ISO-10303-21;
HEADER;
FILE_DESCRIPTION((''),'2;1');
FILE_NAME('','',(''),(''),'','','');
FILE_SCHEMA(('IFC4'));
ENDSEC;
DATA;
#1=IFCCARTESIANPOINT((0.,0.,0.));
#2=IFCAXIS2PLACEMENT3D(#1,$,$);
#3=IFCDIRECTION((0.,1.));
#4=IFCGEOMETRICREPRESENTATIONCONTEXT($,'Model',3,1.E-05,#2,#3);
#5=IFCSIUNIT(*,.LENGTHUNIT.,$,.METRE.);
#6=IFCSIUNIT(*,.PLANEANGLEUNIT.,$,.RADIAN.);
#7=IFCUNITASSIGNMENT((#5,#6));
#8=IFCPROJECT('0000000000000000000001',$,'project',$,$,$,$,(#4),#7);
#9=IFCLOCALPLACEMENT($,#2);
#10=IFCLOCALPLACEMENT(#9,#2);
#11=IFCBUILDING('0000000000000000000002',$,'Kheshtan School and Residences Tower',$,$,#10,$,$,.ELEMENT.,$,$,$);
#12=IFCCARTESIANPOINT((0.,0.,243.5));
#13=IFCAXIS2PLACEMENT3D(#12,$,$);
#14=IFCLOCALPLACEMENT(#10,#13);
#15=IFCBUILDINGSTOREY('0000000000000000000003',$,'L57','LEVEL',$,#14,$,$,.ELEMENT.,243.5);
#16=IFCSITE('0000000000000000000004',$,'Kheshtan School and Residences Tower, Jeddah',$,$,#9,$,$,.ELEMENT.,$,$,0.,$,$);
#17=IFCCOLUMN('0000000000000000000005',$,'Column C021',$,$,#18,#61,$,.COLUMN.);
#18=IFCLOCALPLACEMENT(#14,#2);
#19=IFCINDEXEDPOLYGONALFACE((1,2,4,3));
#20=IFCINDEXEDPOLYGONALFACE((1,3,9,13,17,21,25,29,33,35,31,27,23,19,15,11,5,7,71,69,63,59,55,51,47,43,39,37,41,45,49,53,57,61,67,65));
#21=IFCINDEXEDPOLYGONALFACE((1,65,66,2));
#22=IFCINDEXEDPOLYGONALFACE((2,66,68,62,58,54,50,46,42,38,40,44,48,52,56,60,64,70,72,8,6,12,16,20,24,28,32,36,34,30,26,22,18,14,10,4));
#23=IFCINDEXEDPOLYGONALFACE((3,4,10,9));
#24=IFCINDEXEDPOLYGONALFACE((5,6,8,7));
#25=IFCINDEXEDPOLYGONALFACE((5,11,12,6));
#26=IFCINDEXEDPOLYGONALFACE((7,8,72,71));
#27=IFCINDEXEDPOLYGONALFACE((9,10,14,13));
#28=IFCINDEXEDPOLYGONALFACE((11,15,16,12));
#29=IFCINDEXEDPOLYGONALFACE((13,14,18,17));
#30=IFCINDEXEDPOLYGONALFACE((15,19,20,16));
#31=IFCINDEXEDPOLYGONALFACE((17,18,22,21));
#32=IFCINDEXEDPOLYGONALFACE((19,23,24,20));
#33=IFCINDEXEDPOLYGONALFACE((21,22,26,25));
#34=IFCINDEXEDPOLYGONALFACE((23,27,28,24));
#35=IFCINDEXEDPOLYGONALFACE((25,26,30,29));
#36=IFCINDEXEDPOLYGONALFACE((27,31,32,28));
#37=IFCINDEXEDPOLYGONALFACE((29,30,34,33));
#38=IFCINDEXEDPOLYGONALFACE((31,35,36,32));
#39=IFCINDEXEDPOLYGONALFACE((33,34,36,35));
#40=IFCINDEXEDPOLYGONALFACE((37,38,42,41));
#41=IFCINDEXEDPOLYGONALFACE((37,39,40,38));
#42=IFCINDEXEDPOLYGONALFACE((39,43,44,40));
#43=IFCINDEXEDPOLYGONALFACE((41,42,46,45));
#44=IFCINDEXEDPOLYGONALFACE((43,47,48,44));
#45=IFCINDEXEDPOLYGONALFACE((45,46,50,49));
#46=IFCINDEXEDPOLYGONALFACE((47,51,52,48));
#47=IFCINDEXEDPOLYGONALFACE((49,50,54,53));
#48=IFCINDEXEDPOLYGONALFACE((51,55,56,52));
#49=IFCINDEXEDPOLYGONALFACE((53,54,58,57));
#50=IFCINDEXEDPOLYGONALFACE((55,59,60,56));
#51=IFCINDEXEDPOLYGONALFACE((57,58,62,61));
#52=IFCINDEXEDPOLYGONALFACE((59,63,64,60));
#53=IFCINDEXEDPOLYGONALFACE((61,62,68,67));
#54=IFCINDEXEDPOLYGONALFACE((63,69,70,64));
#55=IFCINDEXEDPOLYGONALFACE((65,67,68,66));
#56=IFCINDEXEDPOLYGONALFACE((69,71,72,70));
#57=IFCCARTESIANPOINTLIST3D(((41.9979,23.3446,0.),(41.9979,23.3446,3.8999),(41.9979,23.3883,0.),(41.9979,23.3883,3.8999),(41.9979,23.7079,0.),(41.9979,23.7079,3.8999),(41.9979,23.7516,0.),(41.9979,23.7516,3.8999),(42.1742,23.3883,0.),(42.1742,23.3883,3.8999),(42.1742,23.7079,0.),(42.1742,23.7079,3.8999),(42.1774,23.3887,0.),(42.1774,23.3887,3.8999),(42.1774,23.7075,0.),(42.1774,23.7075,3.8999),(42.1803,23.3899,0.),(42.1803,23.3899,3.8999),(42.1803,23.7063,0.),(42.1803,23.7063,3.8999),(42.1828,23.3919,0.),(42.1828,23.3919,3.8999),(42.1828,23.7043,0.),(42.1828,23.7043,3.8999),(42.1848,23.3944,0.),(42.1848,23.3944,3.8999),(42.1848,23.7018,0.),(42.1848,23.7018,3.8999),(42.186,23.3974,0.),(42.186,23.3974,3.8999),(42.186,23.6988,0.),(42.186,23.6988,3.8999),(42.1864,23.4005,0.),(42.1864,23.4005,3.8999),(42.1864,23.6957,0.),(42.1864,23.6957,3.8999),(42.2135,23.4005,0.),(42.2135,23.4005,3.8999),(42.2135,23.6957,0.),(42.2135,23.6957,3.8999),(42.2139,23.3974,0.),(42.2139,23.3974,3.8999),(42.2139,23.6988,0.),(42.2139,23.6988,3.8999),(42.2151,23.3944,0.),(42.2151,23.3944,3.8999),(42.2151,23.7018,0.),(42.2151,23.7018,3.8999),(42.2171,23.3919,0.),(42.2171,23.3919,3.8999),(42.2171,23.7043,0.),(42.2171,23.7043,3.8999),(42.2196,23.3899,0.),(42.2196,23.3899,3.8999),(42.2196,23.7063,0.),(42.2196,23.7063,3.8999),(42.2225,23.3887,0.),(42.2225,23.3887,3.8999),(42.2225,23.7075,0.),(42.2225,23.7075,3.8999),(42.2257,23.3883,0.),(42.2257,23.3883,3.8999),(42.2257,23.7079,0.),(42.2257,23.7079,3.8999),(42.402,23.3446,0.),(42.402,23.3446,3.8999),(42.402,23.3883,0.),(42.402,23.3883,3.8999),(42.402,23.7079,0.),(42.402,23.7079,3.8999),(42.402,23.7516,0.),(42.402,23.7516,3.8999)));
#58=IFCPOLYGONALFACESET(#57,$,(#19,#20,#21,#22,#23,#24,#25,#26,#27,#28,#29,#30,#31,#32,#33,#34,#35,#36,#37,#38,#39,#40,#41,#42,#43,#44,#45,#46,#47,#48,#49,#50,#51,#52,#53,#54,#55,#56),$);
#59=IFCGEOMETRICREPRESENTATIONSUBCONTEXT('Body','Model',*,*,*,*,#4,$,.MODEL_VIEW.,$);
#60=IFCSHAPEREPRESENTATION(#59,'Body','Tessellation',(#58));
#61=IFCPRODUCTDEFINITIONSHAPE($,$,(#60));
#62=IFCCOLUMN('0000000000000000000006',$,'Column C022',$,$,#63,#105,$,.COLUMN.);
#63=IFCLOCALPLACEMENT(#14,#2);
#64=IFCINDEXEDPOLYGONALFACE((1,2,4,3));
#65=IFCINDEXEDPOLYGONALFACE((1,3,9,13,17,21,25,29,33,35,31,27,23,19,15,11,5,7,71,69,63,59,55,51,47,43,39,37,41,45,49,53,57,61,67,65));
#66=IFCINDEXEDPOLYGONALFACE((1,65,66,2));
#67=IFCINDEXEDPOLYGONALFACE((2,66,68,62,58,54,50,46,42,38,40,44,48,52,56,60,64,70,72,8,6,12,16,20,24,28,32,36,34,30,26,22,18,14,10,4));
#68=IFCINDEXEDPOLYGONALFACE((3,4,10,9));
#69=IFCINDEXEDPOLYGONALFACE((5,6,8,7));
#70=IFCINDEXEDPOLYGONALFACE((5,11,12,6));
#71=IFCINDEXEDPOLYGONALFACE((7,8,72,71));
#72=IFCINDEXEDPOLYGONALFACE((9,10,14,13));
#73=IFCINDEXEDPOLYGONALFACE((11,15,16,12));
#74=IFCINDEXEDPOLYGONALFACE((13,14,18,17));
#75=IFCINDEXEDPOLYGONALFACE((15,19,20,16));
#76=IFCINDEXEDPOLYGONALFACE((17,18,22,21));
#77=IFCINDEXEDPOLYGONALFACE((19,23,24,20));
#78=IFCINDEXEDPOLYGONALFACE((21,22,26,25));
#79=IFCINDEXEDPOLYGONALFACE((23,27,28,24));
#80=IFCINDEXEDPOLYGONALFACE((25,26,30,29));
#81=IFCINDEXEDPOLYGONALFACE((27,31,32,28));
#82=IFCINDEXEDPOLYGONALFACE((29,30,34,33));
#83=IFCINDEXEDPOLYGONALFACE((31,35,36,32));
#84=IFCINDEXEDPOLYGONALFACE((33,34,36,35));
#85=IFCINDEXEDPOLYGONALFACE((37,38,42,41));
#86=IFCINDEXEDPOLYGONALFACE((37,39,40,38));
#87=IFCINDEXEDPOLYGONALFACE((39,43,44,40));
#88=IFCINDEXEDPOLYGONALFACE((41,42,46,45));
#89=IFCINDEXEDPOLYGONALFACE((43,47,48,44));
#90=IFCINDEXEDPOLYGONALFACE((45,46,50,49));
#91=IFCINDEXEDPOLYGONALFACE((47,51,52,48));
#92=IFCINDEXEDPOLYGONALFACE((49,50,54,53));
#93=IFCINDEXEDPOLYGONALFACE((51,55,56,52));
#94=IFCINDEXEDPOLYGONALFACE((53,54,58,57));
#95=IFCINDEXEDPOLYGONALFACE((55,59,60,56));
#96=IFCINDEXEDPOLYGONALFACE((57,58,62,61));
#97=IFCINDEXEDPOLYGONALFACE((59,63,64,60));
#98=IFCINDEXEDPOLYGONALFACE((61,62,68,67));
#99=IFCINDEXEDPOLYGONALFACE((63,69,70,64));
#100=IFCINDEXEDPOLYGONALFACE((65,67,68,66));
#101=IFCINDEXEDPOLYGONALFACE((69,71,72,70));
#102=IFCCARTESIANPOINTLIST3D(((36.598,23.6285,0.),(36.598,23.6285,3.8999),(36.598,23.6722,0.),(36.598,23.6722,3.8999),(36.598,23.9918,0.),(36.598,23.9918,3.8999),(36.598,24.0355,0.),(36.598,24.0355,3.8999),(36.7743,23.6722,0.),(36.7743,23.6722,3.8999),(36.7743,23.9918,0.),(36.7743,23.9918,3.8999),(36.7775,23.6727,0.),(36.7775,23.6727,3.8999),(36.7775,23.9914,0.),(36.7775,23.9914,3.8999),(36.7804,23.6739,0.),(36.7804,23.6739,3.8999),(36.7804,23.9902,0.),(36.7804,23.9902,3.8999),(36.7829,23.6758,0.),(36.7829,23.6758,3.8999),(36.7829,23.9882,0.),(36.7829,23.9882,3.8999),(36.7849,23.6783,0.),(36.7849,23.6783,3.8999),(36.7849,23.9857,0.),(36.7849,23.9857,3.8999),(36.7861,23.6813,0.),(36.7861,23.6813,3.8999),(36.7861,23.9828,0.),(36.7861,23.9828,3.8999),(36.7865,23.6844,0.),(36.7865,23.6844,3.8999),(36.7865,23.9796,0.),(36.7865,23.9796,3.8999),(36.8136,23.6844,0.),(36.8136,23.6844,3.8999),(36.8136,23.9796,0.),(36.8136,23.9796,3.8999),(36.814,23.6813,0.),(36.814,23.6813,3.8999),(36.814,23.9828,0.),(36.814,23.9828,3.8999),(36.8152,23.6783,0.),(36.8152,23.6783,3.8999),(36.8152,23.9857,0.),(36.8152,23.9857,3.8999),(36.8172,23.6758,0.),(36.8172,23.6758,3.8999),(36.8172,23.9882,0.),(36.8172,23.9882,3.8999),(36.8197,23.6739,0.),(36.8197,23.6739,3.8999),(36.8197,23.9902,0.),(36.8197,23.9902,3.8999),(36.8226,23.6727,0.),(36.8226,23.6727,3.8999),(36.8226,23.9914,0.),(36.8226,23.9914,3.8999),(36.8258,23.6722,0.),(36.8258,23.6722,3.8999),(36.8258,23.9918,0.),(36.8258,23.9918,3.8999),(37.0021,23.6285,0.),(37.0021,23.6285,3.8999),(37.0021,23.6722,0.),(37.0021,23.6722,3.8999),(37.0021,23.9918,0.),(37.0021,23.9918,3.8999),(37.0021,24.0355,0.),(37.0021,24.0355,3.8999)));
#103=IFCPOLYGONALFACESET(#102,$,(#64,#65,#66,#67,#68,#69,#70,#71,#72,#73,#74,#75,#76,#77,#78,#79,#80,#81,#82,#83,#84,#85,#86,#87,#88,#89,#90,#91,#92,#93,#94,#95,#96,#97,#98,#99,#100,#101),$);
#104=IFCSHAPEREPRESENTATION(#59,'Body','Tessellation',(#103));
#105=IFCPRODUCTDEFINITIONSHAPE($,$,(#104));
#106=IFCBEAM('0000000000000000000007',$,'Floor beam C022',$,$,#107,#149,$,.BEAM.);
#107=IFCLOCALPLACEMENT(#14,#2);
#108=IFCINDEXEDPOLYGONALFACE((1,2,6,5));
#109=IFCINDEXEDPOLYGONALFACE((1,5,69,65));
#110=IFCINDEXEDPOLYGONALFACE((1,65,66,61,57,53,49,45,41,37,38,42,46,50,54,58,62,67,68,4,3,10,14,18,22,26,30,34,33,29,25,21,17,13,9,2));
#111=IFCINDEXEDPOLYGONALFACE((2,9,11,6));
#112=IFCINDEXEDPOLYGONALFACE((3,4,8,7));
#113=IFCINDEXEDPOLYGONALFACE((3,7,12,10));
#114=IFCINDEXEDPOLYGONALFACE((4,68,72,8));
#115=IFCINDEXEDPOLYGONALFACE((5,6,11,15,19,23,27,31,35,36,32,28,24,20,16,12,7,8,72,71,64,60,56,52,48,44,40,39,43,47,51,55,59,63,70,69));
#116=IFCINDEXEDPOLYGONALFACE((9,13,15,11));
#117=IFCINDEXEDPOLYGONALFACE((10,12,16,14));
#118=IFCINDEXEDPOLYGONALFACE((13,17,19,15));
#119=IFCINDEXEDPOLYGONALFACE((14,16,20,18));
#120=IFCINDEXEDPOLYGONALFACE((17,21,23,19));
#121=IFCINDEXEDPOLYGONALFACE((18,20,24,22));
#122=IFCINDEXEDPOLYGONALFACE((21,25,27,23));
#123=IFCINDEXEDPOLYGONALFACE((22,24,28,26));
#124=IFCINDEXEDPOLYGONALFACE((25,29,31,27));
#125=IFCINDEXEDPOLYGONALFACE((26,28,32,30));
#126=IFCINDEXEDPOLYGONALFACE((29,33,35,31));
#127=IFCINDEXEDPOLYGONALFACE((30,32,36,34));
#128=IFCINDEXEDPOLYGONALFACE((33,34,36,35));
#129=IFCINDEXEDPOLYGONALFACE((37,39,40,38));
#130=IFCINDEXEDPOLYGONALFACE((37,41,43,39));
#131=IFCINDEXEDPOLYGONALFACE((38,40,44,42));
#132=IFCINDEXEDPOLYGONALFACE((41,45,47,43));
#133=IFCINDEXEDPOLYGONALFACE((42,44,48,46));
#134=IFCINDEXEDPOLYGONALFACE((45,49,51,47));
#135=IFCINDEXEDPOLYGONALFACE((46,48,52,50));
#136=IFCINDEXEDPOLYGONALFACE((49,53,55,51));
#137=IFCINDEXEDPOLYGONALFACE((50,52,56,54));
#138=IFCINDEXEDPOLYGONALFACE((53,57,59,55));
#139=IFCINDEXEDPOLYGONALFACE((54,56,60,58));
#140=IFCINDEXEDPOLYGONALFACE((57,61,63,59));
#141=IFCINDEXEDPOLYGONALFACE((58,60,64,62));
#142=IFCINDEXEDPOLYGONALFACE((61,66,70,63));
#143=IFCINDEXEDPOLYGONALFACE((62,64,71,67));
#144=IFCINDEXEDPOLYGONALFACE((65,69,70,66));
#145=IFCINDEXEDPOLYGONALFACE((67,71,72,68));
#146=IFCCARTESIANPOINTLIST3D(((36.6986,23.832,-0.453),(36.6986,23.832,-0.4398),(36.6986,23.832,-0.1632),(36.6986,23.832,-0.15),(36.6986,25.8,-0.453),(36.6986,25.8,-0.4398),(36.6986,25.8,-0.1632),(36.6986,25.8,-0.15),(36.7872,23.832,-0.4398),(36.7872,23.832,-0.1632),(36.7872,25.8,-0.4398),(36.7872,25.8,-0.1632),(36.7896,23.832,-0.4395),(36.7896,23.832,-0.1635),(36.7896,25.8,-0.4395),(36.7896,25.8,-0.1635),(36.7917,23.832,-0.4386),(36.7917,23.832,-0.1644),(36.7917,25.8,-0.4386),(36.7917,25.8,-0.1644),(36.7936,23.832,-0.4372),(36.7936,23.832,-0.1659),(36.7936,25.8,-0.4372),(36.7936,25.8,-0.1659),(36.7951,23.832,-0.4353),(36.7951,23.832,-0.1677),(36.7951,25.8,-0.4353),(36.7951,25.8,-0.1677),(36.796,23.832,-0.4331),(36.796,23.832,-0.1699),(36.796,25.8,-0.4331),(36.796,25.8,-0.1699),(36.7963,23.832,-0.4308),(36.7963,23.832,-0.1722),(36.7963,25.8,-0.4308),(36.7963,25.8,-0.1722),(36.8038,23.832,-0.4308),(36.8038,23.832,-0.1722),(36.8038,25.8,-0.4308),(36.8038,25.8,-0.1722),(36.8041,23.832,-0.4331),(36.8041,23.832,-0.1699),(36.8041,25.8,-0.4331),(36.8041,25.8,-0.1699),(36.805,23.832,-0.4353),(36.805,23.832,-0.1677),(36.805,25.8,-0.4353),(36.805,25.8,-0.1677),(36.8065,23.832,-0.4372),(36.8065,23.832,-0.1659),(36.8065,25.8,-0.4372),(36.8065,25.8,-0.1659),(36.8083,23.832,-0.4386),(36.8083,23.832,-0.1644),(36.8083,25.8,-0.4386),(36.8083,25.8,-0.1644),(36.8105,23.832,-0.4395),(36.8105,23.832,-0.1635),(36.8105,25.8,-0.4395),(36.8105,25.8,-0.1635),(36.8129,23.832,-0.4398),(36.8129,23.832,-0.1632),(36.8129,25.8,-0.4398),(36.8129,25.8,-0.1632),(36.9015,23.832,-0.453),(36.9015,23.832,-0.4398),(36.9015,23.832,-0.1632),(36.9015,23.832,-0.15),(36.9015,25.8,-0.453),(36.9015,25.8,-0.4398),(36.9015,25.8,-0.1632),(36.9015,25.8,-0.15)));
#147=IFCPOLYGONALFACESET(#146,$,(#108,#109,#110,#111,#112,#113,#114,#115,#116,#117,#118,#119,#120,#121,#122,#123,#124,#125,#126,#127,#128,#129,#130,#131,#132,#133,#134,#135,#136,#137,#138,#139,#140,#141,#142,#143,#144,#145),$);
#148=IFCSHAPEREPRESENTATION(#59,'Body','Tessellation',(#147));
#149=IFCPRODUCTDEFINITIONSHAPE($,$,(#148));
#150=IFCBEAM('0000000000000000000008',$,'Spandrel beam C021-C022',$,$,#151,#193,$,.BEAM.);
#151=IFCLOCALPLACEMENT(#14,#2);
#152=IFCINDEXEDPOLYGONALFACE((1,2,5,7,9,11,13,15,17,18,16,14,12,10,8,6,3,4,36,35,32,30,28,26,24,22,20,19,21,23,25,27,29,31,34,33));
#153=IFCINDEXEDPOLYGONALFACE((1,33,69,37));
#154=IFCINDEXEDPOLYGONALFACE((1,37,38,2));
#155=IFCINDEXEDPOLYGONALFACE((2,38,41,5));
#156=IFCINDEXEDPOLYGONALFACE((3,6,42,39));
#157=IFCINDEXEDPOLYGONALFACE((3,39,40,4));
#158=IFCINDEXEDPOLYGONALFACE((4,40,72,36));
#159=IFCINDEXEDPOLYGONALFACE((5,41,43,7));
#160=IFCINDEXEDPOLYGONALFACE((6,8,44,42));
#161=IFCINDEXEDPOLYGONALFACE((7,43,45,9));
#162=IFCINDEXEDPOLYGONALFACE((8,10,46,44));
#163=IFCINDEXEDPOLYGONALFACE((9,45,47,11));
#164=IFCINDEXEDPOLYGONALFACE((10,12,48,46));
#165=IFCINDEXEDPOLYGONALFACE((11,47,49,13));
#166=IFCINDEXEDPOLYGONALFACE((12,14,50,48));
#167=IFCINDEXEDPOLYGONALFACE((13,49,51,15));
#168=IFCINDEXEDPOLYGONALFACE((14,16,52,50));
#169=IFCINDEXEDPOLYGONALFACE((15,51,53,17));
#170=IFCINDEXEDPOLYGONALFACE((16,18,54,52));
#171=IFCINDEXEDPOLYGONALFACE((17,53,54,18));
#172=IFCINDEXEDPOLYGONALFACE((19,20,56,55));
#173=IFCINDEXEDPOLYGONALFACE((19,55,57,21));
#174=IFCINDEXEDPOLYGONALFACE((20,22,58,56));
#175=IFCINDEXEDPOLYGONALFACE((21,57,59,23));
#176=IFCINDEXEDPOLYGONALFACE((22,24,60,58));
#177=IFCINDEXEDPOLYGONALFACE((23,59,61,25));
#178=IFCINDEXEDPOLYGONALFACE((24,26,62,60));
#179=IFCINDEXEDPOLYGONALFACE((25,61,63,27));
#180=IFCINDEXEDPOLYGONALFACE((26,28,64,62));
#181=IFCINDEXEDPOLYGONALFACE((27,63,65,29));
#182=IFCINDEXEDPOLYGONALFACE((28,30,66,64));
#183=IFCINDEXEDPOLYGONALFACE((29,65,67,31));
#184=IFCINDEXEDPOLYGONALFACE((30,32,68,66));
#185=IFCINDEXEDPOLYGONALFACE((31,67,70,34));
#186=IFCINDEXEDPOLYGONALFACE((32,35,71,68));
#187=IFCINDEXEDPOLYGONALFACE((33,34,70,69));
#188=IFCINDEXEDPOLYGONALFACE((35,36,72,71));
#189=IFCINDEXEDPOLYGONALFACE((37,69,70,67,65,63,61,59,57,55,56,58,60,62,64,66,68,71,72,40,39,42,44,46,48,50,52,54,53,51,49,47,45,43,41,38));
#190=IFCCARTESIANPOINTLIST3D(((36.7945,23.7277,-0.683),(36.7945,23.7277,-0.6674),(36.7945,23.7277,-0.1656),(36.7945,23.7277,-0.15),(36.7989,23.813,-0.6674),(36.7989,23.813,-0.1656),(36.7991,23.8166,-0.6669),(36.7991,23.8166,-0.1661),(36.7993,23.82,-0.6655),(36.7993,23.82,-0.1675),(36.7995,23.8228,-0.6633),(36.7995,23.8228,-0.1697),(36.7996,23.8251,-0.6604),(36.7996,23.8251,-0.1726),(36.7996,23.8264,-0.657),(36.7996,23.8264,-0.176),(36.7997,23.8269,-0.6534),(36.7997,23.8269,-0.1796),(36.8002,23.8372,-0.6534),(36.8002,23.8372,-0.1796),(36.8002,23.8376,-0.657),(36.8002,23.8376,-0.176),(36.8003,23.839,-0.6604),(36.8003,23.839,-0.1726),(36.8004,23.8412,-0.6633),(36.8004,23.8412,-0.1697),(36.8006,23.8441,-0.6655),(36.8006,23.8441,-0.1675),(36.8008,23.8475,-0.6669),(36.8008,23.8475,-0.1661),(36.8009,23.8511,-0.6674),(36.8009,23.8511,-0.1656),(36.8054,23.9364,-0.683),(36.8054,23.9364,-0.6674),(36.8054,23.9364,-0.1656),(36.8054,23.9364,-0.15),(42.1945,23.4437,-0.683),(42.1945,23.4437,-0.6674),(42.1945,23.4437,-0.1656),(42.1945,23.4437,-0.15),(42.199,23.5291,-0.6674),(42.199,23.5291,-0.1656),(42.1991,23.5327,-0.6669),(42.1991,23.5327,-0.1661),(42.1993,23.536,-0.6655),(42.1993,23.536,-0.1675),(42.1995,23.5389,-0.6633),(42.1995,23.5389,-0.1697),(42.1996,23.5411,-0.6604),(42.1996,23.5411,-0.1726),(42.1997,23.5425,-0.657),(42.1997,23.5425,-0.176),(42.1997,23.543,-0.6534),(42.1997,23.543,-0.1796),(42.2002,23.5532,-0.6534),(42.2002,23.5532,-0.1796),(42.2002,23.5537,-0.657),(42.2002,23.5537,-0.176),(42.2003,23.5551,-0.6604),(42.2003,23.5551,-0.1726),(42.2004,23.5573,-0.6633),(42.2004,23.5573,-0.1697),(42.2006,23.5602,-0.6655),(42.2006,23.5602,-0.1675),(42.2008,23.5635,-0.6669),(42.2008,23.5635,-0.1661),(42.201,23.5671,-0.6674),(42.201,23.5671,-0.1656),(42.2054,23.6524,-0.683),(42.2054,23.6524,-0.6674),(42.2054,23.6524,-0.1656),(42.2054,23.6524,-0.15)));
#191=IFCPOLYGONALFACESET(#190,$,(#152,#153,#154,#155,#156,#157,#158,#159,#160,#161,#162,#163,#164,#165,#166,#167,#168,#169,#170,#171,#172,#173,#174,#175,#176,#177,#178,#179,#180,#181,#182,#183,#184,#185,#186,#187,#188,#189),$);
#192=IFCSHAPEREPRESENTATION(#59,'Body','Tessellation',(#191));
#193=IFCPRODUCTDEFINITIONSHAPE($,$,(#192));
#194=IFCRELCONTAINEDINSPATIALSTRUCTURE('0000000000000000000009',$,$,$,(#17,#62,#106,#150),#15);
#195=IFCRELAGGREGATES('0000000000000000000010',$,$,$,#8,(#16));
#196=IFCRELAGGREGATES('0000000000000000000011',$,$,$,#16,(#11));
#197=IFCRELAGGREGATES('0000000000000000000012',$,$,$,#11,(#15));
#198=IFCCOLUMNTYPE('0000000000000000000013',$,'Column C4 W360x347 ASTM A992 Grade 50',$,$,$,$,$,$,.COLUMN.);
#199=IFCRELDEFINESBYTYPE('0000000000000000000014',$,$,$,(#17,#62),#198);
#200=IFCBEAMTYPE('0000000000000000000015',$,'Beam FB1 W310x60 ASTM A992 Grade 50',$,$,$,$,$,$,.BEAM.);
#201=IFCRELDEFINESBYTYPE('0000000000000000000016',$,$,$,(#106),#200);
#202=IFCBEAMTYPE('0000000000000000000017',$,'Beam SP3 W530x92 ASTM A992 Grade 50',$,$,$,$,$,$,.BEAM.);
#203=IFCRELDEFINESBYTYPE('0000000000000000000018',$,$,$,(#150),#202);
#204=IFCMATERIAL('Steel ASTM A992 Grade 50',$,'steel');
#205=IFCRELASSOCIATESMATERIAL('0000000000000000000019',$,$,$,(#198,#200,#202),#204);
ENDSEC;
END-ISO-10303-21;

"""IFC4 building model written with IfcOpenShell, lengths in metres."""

from ifc_helpers import new_model, si_unit, direction, frame, origin, origin_2d, place, context, subcontext, project, spatial, i_section, extrude, material, material_profile, profile_set, type_object, element, save


model = new_model("IFC4")

# Units and contexts
model_context = context("Model", 3, precision=1e-05, world=origin(), true_north=direction((0.0, 1.0)))
body_context = subcontext(model_context, "Body", "Model", "MODEL_VIEW")
ifc_project = project(units=[si_unit("LENGTHUNIT", "METRE"), si_unit("PLANEANGLEUNIT", "RADIAN")], contexts=[model_context])

# Site, building, storey
site_placement = place(None, origin())
site = spatial("IfcSite", under=ifc_project, at=site_placement, Name="Kheshtan School and Residences Tower, Jeddah", CompositionType="ELEMENT", RefElevation=0.0)
building_placement = place(site_placement, origin())
building = spatial("IfcBuilding", under=site, at=building_placement, Name="Kheshtan School and Residences Tower", CompositionType="ELEMENT")
storey_placement = place(building_placement, frame((0.0, 0.0, 243.5)))
storey = spatial("IfcBuildingStorey", under=building, at=storey_placement, Name="L57", Description="LEVEL", CompositionType="ELEMENT", Elevation=243.5)

# Columns
ifc_material_1 = material(Name="Steel ASTM A992 Grade 50", Category="steel")
ifc_material_profile_1 = material_profile(ifc_material_1, i_section(OverallWidth=0.4041, OverallDepth=0.407, WebThickness=0.0271, FlangeThickness=0.0437, FilletRadius=0.0122, at=origin_2d()), Name="W360x347")
ifc_profile_set_1 = profile_set([ifc_material_profile_1], Name="Steel ASTM A992 Grade 50")
column_type = type_object("IfcColumnType", Name="Column C4 W360x347 ASTM A992 Grade 50", PredefinedType="COLUMN", material=ifc_profile_set_1)
for number, where, z_axis, x_axis, name in (
    (1, (42.2, 23.5481, 0.0), (0.0, 0.0, 1.0), (1.0, 0.0, 0.0), "Column C021"),
    (2, (36.8, 23.832, 0.0), (0.0, 0.0, 1.0), (1.0, 0.0, 0.0), "Column C022"),
):
    element("IfcColumn", number, at=place(storey_placement, frame(where, z_axis=z_axis, x_axis=x_axis)), inside=storey, type_object=column_type, Name=name, PredefinedType="COLUMN", context=body_context, shape_type="SweptSolid", body=[
        extrude(i_section(OverallWidth=0.4041, OverallDepth=0.407, WebThickness=0.0271, FlangeThickness=0.0437, FilletRadius=0.0122, at=origin_2d()), origin(), (0.0, 0.0, 1.0), 3.8999),
    ])

# Beams
ifc_material_profile_2 = material_profile(ifc_material_1, i_section(OverallWidth=0.2029, OverallDepth=0.303, WebThickness=0.0076, FlangeThickness=0.0132, FilletRadius=0.009, at=origin_2d()), Name="W310x60")
ifc_profile_set_2 = profile_set([ifc_material_profile_2], Name="Steel ASTM A992 Grade 50")
beam_type_1 = type_object("IfcBeamType", Name="Beam FB1 W310x60 ASTM A992 Grade 50", PredefinedType="BEAM", material=ifc_profile_set_2)
beam_1_placement = place(storey_placement, frame((36.8, 23.832, -0.3015), z_axis=(0.0, 1.0, 0.0), x_axis=(-1.0, 0.0, 0.0)))
element("IfcBeam", 3, at=beam_1_placement, inside=storey, type_object=beam_type_1, Name="Floor beam C022", PredefinedType="BEAM", context=body_context, shape_type="SweptSolid", body=[
    extrude(i_section(OverallWidth=0.2029, OverallDepth=0.303, WebThickness=0.0076, FlangeThickness=0.0132, FilletRadius=0.009, at=origin_2d()), origin(), (0.0, 0.0, 1.0), 1.968),
])
ifc_material_profile_3 = material_profile(ifc_material_1, i_section(OverallWidth=0.209, OverallDepth=0.533, WebThickness=0.0103, FlangeThickness=0.0156, FilletRadius=0.0139, at=origin_2d()), Name="W530x92")
ifc_profile_set_3 = profile_set([ifc_material_profile_3], Name="Steel ASTM A992 Grade 50")
beam_type_2 = type_object("IfcBeamType", Name="Beam SP3 W530x92 ASTM A992 Grade 50", PredefinedType="BEAM", material=ifc_profile_set_3)
beam_2_placement = place(storey_placement, frame((42.2, 23.5481, -0.4165), z_axis=(-0.99862, 0.052509, 0.0), x_axis=(-0.052509, -0.99862, 0.0)))
element("IfcBeam", 4, at=beam_2_placement, inside=storey, type_object=beam_type_2, Name="Spandrel beam C021-C022", PredefinedType="BEAM", context=body_context, shape_type="SweptSolid", body=[
    extrude(i_section(OverallWidth=0.209, OverallDepth=0.533, WebThickness=0.0103, FlangeThickness=0.0156, FilletRadius=0.0139, at=origin_2d()), origin(), (0.0, 0.0, 1.0), 5.4075),
])

save(model, "model.ifc")
